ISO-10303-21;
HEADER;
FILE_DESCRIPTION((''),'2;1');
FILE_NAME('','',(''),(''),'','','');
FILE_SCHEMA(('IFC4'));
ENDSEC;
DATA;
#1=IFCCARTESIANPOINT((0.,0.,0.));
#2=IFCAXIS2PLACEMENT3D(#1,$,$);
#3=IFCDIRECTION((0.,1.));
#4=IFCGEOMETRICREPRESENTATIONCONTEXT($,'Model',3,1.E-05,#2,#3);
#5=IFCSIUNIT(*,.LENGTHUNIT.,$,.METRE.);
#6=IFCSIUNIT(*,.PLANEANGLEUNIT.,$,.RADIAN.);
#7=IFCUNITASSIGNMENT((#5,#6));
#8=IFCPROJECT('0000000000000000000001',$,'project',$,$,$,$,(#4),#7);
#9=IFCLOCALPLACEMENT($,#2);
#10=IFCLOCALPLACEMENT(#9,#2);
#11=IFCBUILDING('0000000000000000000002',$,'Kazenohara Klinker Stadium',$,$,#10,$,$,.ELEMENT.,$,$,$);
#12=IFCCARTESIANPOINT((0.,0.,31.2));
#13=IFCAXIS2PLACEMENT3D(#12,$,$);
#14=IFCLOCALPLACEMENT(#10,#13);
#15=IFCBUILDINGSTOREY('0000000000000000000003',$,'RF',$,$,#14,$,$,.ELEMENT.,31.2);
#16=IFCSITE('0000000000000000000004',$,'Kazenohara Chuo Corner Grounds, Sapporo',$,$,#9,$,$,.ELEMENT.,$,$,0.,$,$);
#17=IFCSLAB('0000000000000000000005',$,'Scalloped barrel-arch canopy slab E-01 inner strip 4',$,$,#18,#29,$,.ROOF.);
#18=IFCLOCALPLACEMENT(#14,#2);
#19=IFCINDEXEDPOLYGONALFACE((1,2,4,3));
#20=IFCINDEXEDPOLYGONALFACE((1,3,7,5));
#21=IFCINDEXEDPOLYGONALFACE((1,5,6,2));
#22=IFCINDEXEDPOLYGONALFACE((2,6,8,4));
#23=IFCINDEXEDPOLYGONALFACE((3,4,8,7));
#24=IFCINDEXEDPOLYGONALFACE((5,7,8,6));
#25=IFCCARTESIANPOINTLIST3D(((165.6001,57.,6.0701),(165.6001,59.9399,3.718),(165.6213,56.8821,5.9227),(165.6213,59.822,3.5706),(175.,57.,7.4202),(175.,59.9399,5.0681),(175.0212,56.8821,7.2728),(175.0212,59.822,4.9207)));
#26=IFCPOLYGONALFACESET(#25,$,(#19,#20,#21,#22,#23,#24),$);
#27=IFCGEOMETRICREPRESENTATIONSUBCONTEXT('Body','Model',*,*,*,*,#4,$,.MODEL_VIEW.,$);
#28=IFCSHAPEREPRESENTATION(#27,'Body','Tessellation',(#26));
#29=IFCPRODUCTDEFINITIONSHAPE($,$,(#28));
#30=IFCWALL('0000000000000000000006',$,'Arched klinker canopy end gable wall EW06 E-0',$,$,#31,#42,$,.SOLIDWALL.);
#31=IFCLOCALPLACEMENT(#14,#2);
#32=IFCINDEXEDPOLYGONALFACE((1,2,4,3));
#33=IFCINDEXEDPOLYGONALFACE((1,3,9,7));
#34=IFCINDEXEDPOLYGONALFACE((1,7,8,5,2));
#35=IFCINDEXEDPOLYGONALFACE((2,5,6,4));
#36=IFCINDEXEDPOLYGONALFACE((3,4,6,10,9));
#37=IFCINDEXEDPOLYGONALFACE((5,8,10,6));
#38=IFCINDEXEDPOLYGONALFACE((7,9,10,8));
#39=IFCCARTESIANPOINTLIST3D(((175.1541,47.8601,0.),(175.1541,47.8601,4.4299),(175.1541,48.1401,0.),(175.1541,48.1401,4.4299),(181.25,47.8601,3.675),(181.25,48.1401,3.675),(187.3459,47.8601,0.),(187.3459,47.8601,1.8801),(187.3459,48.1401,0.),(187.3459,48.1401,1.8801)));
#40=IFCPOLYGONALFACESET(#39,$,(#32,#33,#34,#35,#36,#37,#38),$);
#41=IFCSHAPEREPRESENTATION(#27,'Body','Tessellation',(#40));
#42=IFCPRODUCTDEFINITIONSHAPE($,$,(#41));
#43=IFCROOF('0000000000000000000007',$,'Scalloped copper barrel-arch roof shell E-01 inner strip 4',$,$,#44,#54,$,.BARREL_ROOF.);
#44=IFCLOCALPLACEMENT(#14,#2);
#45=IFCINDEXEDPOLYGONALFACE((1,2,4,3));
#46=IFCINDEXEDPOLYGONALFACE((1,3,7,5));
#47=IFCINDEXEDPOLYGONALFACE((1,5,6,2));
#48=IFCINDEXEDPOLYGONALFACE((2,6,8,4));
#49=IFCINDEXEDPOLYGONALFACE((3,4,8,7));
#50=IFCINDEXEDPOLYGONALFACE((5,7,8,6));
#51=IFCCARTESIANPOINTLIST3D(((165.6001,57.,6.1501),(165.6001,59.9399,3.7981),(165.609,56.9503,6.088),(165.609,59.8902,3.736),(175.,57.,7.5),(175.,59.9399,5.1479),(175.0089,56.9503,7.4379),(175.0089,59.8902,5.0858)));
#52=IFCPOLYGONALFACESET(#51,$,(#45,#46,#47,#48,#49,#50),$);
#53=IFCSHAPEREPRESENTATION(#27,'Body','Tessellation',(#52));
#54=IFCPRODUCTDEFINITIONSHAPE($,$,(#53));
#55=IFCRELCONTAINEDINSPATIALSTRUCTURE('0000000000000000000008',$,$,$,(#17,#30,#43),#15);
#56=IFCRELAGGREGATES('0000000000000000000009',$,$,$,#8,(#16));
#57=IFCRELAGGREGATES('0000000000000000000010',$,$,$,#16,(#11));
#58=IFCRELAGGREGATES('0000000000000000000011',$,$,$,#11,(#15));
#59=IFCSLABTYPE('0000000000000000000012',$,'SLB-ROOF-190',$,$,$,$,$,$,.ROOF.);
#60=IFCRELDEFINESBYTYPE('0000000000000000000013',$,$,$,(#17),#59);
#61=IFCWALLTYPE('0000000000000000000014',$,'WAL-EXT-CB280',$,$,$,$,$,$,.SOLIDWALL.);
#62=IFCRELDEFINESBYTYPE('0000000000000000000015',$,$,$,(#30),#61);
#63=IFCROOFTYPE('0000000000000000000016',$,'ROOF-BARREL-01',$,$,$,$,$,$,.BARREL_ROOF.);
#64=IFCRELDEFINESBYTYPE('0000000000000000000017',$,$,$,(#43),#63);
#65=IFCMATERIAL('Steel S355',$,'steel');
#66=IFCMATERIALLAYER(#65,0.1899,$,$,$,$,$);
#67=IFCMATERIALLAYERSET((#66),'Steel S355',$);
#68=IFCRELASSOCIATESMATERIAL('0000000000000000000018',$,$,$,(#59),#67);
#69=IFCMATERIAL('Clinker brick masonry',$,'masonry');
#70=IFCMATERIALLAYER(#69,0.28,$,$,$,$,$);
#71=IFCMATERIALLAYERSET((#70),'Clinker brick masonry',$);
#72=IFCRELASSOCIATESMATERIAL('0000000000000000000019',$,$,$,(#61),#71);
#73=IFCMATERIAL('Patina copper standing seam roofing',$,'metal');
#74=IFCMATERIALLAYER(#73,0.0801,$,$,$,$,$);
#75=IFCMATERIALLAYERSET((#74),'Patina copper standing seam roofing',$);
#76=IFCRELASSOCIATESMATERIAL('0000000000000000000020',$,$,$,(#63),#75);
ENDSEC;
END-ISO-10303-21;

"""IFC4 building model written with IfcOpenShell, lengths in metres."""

from ifc_helpers import new_model, si_unit, direction, frame, origin, place, context, subcontext, project, spatial, polyline, outline, extrude, material, layer, layer_set, type_object, element, save


model = new_model("IFC4")

# Units and contexts
model_context = context("Model", 3, precision=1e-05, world=origin(), true_north=direction((0.0, 1.0)))
body_context = subcontext(model_context, "Body", "Model", "MODEL_VIEW")
ifc_project = project(units=[si_unit("LENGTHUNIT", "METRE"), si_unit("PLANEANGLEUNIT", "RADIAN")], contexts=[model_context])

# Site, building, storey
site_placement = place(None, origin())
site = spatial("IfcSite", under=ifc_project, at=site_placement, Name="Kazenohara Chuo Corner Grounds, Sapporo", CompositionType="ELEMENT", RefElevation=0.0)
building_placement = place(site_placement, origin())
building = spatial("IfcBuilding", under=site, at=building_placement, Name="Kazenohara Klinker Stadium", CompositionType="ELEMENT")
storey_placement = place(building_placement, frame((0.0, 0.0, 31.2)))
storey = spatial("IfcBuildingStorey", under=building, at=storey_placement, Name="RF", CompositionType="ELEMENT", Elevation=31.2)

# Shared definitions
ifc_material_1 = material(Name="Steel S355", Category="steel")

# Slab
ifc_layer_1 = layer(ifc_material_1, 0.1899)
ifc_layer_set_1 = layer_set([ifc_layer_1], Name="Steel S355")
slab_type = type_object("IfcSlabType", Name="SLB-ROOF-190", PredefinedType="ROOF", material=ifc_layer_set_1)
slab_placement = place(storey_placement, frame((175.0, 57.0, 7.4202), z_axis=(-0.111455, 0.620819, 0.775991), x_axis=(-0.989842, 0.0, -0.14217)))
element("IfcSlab", 1, at=slab_placement, inside=storey, type_object=slab_type, Name="Scalloped barrel-arch canopy slab E-01 inner strip 4", PredefinedType="ROOF", context=body_context, shape_type="SweptSolid", body=[
    extrude(outline(polyline([(0.0, 0.0), (9.4964, 0.0), (9.8308, -3.7501), (0.3344, -3.7501), (0.0, 0.0)])), origin(), (0.0, 0.0, -1.0), 0.1899),
])

# Wall
ifc_material_2 = material(Name="Clinker brick masonry", Category="masonry")
ifc_layer_2 = layer(ifc_material_2, 0.28)
ifc_layer_set_2 = layer_set([ifc_layer_2], Name="Clinker brick masonry")
wall_type = type_object("IfcWallType", Name="WAL-EXT-CB280", PredefinedType="SOLIDWALL", material=ifc_layer_set_2)
wall_placement = place(storey_placement, frame((175.1541, 48.0, 0.0), z_axis=(0.0, 0.0, 1.0), x_axis=(1.0, 0.0, 0.0)))
element("IfcWall", 2, at=wall_placement, inside=storey, type_object=wall_type, Name="Arched klinker canopy end gable wall EW06 E-0", PredefinedType="SOLIDWALL", context=body_context, shape_type="SweptSolid", body=[
    extrude(outline(polyline([(0.0, 0.0), (12.1919, 0.0), (12.1919, 1.8801), (6.0959, 3.675), (0.0, 4.4299), (0.0, 0.0)])), frame((0.0, 0.1401, 0.0), z_axis=(0.0, -1.0, 0.0), x_axis=(1.0, 0.0, 0.0)), (0.0, 0.0, 1.0), 0.28),
])

# Roof
ifc_material_3 = material(Name="Patina copper standing seam roofing", Category="metal")
ifc_layer_3 = layer(ifc_material_3, 0.0801)
ifc_layer_set_3 = layer_set([ifc_layer_3], Name="Patina copper standing seam roofing")
roof_type = type_object("IfcRoofType", Name="ROOF-BARREL-01", PredefinedType="BARREL_ROOF", material=ifc_layer_set_3)
roof_placement = place(storey_placement, frame((175.0, 57.0, 7.5), z_axis=(-0.111435, 0.62082, 0.775993), x_axis=(-0.989846, 0.0, -0.142145)))
element("IfcRoof", 3, at=roof_placement, inside=storey, type_object=roof_type, Name="Scalloped copper barrel-arch roof shell E-01 inner strip 4", PredefinedType="BARREL_ROOF", context=body_context, shape_type="SweptSolid", body=[
    extrude(outline(polyline([(0.0, 0.0), (9.4963, 0.0), (9.8307, -3.7501), (0.3343, -3.7501), (0.0, 0.0)])), origin(), (0.0, 0.0, -1.0), 0.0801),
])

save(model, "model.ifc")
